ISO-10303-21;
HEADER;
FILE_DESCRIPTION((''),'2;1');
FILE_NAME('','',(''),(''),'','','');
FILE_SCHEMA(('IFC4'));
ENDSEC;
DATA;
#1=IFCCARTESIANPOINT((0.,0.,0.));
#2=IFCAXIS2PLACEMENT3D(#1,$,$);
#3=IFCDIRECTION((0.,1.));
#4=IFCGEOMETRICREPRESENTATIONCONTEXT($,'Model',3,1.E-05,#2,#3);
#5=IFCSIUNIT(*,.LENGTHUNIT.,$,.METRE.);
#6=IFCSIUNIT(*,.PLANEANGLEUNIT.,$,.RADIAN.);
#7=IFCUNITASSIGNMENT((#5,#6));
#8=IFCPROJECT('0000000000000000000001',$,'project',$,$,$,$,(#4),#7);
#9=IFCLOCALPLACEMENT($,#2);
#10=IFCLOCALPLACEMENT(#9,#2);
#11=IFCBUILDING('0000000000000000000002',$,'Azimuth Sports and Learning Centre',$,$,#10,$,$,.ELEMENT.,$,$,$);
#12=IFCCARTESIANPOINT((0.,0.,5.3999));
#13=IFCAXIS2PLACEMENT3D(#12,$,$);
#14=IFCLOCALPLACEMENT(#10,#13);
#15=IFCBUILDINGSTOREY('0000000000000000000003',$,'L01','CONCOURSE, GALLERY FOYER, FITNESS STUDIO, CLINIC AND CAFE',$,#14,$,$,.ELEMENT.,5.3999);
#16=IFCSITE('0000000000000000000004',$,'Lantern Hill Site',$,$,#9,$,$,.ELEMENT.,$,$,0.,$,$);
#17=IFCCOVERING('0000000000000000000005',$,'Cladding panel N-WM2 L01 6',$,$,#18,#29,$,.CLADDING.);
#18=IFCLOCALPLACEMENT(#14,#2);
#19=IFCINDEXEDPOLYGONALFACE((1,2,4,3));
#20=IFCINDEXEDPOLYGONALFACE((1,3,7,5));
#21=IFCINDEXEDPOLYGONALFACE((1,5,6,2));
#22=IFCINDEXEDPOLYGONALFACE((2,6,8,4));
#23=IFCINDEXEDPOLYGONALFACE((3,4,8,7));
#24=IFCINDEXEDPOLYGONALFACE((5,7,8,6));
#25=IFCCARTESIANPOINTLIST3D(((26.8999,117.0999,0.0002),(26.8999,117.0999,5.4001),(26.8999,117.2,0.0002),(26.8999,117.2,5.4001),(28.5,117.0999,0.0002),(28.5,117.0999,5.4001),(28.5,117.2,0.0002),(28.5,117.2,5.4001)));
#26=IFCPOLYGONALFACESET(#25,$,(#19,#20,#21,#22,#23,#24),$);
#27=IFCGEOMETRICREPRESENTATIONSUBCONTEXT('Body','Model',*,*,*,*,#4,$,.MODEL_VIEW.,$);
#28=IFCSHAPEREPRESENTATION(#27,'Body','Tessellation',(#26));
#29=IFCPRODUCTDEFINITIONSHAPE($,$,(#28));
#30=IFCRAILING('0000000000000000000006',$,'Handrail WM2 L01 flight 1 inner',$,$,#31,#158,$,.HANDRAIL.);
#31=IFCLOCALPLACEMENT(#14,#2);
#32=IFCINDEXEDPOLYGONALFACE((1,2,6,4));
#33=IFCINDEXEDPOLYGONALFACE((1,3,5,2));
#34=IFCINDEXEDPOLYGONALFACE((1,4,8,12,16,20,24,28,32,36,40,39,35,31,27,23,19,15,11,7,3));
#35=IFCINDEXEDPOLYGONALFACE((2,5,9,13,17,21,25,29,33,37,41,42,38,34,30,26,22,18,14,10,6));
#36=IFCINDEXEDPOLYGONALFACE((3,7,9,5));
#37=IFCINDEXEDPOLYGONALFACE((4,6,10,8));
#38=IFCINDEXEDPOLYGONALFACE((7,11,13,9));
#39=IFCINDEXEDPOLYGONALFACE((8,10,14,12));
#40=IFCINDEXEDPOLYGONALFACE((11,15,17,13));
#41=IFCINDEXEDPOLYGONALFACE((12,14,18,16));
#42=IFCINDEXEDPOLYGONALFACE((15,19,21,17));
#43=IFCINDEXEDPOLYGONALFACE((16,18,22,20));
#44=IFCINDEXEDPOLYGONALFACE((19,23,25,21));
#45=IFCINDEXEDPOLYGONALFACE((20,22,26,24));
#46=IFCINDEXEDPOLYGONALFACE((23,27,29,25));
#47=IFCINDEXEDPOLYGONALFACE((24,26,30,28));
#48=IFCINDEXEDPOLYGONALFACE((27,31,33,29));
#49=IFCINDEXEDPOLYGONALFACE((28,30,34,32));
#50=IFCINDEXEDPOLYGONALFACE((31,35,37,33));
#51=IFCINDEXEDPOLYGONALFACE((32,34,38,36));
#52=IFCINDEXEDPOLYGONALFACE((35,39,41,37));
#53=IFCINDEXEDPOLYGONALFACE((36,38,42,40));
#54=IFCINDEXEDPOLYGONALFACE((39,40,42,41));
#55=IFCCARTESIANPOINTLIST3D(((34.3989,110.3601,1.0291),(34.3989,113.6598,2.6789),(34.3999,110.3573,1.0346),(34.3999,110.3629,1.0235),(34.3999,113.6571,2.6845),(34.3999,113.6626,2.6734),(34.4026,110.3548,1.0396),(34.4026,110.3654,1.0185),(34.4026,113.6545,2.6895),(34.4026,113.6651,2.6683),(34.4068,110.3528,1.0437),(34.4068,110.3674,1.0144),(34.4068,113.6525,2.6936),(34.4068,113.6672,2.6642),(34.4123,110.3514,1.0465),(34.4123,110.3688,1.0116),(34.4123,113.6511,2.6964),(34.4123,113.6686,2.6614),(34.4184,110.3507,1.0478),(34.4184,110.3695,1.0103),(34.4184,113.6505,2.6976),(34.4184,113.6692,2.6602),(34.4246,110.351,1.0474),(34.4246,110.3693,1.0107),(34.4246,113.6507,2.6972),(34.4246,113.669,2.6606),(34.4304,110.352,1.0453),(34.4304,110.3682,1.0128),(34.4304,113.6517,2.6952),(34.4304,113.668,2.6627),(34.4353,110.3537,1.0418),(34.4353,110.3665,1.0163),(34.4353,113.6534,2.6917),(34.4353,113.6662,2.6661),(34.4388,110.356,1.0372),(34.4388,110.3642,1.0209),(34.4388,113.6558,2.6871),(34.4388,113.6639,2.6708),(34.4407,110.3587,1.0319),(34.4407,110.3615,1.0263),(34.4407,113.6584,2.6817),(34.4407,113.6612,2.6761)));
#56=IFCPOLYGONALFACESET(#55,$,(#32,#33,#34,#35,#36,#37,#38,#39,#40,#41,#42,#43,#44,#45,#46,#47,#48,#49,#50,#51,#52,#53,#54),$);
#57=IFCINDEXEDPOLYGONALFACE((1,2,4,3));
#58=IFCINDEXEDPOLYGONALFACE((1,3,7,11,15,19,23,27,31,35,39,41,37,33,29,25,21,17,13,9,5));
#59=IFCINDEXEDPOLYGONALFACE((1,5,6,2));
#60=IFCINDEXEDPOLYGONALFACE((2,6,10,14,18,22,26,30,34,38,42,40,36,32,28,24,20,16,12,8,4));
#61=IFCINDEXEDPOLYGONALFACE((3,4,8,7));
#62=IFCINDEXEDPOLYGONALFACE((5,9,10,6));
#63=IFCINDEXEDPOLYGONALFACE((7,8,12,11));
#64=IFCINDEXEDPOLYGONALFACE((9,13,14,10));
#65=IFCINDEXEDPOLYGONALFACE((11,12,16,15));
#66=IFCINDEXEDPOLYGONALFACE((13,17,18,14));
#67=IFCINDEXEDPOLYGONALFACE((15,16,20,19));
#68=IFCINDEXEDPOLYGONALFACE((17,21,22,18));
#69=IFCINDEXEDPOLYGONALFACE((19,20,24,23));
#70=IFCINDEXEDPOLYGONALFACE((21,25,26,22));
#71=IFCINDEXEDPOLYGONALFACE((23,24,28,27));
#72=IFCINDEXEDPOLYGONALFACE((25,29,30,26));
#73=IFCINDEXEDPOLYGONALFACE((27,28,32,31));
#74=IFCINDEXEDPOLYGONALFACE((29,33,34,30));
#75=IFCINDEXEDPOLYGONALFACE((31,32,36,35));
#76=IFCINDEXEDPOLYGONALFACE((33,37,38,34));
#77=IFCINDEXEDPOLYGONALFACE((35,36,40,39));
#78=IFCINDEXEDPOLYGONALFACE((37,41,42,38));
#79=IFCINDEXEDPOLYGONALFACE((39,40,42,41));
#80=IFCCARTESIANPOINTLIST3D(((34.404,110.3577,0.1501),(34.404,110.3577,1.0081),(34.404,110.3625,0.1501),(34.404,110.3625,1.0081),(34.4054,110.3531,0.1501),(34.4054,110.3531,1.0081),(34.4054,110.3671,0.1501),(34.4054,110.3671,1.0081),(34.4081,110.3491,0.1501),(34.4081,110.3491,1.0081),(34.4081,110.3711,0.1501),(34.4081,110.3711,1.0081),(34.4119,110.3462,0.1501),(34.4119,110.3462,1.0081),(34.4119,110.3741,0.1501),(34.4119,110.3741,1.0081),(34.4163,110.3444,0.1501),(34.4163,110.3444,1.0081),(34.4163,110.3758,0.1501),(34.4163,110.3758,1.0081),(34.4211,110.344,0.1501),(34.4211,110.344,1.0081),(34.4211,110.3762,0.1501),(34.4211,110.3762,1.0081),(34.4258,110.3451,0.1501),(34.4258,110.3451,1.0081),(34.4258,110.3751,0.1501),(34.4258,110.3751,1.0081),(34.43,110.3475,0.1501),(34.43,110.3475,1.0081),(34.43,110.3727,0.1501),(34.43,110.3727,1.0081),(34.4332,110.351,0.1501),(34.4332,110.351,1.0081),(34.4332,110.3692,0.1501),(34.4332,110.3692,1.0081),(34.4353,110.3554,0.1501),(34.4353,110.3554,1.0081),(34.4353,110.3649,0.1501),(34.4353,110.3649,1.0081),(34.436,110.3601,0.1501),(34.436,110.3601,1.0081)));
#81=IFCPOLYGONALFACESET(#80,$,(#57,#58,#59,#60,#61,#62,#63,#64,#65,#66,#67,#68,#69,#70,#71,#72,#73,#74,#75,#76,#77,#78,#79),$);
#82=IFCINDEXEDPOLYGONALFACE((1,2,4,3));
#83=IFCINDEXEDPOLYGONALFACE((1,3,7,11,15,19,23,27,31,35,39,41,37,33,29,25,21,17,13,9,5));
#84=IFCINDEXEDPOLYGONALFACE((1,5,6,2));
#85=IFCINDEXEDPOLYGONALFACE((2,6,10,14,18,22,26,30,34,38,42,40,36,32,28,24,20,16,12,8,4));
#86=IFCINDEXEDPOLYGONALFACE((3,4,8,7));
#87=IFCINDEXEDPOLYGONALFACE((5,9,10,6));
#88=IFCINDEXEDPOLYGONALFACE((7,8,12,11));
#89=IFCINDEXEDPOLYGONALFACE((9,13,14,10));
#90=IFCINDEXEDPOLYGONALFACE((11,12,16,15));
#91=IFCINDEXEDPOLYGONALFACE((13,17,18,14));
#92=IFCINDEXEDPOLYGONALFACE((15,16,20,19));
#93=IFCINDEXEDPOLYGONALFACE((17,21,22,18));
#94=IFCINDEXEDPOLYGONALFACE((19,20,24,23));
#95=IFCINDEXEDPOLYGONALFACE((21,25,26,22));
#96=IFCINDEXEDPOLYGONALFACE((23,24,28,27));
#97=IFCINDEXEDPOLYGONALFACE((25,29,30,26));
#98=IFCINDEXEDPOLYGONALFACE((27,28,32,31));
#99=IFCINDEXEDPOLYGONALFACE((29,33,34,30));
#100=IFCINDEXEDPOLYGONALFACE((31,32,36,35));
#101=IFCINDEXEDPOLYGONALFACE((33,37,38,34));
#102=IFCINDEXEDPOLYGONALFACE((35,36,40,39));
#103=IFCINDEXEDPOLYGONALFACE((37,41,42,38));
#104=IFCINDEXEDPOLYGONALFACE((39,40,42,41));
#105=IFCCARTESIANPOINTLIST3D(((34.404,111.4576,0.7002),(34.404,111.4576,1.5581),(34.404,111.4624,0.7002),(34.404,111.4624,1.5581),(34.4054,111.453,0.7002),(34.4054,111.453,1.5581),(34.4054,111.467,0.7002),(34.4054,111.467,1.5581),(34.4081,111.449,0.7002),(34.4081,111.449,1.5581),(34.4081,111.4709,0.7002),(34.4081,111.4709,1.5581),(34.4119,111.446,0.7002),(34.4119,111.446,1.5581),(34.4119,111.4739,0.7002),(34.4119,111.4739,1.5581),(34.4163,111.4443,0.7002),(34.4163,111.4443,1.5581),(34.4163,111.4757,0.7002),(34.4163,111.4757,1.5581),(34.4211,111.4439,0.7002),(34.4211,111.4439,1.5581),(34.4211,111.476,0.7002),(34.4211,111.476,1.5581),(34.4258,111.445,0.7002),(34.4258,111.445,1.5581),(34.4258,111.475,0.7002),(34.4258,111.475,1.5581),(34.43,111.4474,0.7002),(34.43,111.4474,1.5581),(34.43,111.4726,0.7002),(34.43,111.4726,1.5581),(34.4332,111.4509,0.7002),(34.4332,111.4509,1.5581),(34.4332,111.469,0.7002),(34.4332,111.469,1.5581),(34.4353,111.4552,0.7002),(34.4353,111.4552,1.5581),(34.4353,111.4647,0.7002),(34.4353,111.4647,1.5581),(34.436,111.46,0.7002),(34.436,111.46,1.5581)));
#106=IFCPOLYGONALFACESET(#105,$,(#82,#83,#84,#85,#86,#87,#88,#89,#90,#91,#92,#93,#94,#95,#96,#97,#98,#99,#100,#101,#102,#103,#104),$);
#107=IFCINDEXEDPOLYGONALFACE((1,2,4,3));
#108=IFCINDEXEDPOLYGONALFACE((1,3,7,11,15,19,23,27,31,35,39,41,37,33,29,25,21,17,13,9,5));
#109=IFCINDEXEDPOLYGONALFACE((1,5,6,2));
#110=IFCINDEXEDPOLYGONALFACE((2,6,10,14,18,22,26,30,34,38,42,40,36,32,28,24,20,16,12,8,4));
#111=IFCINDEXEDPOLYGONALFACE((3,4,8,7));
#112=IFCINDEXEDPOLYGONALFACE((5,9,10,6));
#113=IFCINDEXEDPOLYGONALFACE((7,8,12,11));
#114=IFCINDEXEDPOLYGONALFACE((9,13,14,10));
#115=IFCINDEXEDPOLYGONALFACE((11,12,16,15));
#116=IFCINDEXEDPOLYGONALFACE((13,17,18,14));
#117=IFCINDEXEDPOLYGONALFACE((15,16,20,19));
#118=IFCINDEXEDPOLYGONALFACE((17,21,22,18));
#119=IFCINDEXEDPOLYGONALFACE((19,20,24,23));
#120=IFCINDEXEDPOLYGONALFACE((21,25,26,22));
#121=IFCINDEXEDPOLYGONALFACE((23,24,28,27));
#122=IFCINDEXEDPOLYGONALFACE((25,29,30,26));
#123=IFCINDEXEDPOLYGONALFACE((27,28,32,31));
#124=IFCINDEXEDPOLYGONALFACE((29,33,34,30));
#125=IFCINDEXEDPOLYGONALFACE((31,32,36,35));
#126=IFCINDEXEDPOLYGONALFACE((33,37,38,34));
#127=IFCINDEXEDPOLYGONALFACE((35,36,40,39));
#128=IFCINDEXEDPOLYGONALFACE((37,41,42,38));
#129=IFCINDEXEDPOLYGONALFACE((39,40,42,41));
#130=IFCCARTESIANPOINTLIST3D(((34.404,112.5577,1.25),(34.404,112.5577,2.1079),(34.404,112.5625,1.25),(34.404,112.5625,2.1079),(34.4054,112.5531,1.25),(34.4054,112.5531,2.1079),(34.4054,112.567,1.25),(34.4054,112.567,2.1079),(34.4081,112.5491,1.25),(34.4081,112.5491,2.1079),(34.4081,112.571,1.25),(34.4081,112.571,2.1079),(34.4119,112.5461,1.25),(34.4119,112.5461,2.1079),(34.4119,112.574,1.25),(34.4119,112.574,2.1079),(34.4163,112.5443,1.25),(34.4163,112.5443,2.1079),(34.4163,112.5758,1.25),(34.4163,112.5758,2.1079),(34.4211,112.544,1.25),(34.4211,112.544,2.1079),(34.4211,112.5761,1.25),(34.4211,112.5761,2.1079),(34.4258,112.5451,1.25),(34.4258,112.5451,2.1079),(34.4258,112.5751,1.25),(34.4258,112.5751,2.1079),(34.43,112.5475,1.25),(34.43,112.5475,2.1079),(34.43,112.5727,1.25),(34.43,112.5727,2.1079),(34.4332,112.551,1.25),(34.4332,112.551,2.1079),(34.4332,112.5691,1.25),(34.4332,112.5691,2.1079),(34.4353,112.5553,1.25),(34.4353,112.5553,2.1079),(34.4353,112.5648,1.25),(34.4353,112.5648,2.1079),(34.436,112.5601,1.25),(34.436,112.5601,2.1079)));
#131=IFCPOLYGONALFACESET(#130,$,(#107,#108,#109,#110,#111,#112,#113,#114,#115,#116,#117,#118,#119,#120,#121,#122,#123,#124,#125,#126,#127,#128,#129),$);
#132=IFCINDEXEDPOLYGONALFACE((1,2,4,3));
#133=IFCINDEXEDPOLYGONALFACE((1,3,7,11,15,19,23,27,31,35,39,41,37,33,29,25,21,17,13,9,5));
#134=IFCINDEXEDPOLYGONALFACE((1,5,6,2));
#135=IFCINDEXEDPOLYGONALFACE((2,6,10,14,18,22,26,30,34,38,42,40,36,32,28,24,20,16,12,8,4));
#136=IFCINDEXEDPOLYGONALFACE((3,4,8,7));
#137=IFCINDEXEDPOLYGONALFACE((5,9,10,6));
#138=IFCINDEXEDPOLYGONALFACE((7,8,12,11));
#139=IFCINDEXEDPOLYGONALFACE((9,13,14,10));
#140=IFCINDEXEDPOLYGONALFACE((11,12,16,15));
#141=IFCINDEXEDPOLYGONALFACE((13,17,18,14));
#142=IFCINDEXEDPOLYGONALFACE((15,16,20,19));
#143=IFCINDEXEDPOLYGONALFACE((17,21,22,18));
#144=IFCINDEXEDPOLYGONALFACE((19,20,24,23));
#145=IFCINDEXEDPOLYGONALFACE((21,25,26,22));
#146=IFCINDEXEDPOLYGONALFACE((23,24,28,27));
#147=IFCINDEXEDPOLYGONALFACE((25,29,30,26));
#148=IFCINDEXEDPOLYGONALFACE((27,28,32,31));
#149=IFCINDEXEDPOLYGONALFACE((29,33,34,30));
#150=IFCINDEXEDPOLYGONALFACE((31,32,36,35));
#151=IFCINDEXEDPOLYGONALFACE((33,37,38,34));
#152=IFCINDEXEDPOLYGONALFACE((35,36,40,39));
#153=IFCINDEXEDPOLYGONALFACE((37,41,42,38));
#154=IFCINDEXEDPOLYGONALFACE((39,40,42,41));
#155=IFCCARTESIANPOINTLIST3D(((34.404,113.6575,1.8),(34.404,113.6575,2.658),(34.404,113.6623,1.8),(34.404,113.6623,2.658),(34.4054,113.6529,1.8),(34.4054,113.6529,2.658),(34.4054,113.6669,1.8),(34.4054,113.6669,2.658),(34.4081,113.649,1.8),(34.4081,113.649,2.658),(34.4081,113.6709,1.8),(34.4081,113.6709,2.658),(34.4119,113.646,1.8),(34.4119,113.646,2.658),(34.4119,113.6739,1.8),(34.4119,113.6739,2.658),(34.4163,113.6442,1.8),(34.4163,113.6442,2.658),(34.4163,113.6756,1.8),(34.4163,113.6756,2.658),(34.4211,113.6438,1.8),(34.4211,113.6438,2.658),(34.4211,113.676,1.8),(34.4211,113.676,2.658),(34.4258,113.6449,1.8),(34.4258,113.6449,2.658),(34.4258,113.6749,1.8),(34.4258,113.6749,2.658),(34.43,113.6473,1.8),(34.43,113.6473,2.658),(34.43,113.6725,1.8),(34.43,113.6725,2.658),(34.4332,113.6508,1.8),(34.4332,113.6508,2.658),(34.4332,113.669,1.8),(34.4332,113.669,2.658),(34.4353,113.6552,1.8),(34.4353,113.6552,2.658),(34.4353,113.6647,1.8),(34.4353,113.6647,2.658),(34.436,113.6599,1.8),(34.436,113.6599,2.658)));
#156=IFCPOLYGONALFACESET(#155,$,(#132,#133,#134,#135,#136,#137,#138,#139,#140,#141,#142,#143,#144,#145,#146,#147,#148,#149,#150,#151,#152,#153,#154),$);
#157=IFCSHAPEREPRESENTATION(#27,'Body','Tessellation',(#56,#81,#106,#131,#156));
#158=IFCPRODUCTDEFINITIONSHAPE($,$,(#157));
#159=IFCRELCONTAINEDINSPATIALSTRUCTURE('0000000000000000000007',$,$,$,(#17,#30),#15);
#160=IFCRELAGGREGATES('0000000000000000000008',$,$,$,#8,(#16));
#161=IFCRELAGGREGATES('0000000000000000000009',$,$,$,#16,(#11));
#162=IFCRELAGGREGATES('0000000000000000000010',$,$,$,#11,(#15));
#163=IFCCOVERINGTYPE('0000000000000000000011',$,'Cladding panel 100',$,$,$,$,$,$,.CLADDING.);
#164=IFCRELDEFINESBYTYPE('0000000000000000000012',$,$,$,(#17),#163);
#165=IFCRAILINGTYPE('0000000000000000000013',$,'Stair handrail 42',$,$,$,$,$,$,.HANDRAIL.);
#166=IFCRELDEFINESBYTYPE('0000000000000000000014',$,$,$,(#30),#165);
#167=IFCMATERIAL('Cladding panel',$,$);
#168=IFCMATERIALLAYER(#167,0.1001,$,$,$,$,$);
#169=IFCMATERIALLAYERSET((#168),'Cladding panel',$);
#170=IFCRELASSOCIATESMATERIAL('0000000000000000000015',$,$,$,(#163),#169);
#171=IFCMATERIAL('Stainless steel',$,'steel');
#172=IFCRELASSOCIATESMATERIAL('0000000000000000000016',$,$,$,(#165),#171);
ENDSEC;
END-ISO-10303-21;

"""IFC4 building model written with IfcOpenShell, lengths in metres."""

from ifc_helpers import new_model, si_unit, direction, frame, origin, origin_2d, place, context, subcontext, project, spatial, rectangle, circle, extrude, material, layer, layer_set, type_object, element, save


model = new_model("IFC4")

# Units and contexts
model_context = context("Model", 3, precision=1e-05, world=origin(), true_north=direction((0.0, 1.0)))
body_context = subcontext(model_context, "Body", "Model", "MODEL_VIEW")
ifc_project = project(units=[si_unit("LENGTHUNIT", "METRE"), si_unit("PLANEANGLEUNIT", "RADIAN")], contexts=[model_context])

# Site, building, storey
site_placement = place(None, origin())
site = spatial("IfcSite", under=ifc_project, at=site_placement, Name="Lantern Hill Site", CompositionType="ELEMENT", RefElevation=0.0)
building_placement = place(site_placement, origin())
building = spatial("IfcBuilding", under=site, at=building_placement, Name="Azimuth Sports and Learning Centre", CompositionType="ELEMENT")
storey_placement = place(building_placement, frame((0.0, 0.0, 5.3999)))
storey = spatial("IfcBuildingStorey", under=building, at=storey_placement, Name="L01", Description="CONCOURSE, GALLERY FOYER, FITNESS STUDIO, CLINIC AND CAFE", CompositionType="ELEMENT", Elevation=5.3999)

# Covering
ifc_material_1 = material(Name="Cladding panel")
ifc_layer_1 = layer(ifc_material_1, 0.1001)
ifc_layer_set_1 = layer_set([ifc_layer_1], Name="Cladding panel")
covering_type = type_object("IfcCoveringType", Name="Cladding panel 100", PredefinedType="CLADDING", material=ifc_layer_set_1)
covering_1_placement = place(storey_placement, frame((27.7, 117.1499, 0.0002), z_axis=(0.0, 0.0, 1.0), x_axis=(-1.0, 0.0, 0.0)))
element("IfcCovering", 1, at=covering_1_placement, inside=storey, type_object=covering_type, Name="Cladding panel N-WM2 L01 6", PredefinedType="CLADDING", context=body_context, shape_type="SweptSolid", body=[
    extrude(rectangle(XDim=1.6001, YDim=0.1001, at=origin_2d()), origin(), (0.0, 0.0, 1.0), 5.3999),
])

# Railing
ifc_material_2 = material(Name="Stainless steel", Category="steel")
railing_type_1 = type_object("IfcRailingType", Name="Stair handrail 42", PredefinedType="HANDRAIL", material=ifc_material_2)
for number, where, name in (
    (2, (34.4199, 110.3601, 0.1501), "Handrail WM2 L01 flight 1 inner"),
):
    element("IfcRailing", number, at=place(storey_placement, frame(where)), inside=storey, type_object=railing_type_1, Name=name, PredefinedType="HANDRAIL", context=body_context, shape_type="SweptSolid", body=[
        extrude(circle(Radius=0.021, at=origin_2d()), frame((0.0, 0.0, 0.8789), z_axis=(0.0, 0.894427, 0.447214), x_axis=(-1.0, 0.0, 0.0)), (0.0, 0.0, 1.0), 3.6892),
        extrude(circle(Radius=0.0161, at=origin_2d()), origin(), (0.0, 0.0, 1.0), 0.8579),
        extrude(circle(Radius=0.0161, at=origin_2d()), frame((0.0, 1.0999, 0.55)), (0.0, 0.0, 1.0), 0.8579),
        extrude(circle(Radius=0.0161, at=origin_2d()), frame((0.0, 2.2, 1.0999)), (0.0, 0.0, 1.0), 0.8579),
        extrude(circle(Radius=0.0161, at=origin_2d()), frame((0.0, 3.2998, 1.6499)), (0.0, 0.0, 1.0), 0.8579),
    ])

save(model, "model.ifc")
